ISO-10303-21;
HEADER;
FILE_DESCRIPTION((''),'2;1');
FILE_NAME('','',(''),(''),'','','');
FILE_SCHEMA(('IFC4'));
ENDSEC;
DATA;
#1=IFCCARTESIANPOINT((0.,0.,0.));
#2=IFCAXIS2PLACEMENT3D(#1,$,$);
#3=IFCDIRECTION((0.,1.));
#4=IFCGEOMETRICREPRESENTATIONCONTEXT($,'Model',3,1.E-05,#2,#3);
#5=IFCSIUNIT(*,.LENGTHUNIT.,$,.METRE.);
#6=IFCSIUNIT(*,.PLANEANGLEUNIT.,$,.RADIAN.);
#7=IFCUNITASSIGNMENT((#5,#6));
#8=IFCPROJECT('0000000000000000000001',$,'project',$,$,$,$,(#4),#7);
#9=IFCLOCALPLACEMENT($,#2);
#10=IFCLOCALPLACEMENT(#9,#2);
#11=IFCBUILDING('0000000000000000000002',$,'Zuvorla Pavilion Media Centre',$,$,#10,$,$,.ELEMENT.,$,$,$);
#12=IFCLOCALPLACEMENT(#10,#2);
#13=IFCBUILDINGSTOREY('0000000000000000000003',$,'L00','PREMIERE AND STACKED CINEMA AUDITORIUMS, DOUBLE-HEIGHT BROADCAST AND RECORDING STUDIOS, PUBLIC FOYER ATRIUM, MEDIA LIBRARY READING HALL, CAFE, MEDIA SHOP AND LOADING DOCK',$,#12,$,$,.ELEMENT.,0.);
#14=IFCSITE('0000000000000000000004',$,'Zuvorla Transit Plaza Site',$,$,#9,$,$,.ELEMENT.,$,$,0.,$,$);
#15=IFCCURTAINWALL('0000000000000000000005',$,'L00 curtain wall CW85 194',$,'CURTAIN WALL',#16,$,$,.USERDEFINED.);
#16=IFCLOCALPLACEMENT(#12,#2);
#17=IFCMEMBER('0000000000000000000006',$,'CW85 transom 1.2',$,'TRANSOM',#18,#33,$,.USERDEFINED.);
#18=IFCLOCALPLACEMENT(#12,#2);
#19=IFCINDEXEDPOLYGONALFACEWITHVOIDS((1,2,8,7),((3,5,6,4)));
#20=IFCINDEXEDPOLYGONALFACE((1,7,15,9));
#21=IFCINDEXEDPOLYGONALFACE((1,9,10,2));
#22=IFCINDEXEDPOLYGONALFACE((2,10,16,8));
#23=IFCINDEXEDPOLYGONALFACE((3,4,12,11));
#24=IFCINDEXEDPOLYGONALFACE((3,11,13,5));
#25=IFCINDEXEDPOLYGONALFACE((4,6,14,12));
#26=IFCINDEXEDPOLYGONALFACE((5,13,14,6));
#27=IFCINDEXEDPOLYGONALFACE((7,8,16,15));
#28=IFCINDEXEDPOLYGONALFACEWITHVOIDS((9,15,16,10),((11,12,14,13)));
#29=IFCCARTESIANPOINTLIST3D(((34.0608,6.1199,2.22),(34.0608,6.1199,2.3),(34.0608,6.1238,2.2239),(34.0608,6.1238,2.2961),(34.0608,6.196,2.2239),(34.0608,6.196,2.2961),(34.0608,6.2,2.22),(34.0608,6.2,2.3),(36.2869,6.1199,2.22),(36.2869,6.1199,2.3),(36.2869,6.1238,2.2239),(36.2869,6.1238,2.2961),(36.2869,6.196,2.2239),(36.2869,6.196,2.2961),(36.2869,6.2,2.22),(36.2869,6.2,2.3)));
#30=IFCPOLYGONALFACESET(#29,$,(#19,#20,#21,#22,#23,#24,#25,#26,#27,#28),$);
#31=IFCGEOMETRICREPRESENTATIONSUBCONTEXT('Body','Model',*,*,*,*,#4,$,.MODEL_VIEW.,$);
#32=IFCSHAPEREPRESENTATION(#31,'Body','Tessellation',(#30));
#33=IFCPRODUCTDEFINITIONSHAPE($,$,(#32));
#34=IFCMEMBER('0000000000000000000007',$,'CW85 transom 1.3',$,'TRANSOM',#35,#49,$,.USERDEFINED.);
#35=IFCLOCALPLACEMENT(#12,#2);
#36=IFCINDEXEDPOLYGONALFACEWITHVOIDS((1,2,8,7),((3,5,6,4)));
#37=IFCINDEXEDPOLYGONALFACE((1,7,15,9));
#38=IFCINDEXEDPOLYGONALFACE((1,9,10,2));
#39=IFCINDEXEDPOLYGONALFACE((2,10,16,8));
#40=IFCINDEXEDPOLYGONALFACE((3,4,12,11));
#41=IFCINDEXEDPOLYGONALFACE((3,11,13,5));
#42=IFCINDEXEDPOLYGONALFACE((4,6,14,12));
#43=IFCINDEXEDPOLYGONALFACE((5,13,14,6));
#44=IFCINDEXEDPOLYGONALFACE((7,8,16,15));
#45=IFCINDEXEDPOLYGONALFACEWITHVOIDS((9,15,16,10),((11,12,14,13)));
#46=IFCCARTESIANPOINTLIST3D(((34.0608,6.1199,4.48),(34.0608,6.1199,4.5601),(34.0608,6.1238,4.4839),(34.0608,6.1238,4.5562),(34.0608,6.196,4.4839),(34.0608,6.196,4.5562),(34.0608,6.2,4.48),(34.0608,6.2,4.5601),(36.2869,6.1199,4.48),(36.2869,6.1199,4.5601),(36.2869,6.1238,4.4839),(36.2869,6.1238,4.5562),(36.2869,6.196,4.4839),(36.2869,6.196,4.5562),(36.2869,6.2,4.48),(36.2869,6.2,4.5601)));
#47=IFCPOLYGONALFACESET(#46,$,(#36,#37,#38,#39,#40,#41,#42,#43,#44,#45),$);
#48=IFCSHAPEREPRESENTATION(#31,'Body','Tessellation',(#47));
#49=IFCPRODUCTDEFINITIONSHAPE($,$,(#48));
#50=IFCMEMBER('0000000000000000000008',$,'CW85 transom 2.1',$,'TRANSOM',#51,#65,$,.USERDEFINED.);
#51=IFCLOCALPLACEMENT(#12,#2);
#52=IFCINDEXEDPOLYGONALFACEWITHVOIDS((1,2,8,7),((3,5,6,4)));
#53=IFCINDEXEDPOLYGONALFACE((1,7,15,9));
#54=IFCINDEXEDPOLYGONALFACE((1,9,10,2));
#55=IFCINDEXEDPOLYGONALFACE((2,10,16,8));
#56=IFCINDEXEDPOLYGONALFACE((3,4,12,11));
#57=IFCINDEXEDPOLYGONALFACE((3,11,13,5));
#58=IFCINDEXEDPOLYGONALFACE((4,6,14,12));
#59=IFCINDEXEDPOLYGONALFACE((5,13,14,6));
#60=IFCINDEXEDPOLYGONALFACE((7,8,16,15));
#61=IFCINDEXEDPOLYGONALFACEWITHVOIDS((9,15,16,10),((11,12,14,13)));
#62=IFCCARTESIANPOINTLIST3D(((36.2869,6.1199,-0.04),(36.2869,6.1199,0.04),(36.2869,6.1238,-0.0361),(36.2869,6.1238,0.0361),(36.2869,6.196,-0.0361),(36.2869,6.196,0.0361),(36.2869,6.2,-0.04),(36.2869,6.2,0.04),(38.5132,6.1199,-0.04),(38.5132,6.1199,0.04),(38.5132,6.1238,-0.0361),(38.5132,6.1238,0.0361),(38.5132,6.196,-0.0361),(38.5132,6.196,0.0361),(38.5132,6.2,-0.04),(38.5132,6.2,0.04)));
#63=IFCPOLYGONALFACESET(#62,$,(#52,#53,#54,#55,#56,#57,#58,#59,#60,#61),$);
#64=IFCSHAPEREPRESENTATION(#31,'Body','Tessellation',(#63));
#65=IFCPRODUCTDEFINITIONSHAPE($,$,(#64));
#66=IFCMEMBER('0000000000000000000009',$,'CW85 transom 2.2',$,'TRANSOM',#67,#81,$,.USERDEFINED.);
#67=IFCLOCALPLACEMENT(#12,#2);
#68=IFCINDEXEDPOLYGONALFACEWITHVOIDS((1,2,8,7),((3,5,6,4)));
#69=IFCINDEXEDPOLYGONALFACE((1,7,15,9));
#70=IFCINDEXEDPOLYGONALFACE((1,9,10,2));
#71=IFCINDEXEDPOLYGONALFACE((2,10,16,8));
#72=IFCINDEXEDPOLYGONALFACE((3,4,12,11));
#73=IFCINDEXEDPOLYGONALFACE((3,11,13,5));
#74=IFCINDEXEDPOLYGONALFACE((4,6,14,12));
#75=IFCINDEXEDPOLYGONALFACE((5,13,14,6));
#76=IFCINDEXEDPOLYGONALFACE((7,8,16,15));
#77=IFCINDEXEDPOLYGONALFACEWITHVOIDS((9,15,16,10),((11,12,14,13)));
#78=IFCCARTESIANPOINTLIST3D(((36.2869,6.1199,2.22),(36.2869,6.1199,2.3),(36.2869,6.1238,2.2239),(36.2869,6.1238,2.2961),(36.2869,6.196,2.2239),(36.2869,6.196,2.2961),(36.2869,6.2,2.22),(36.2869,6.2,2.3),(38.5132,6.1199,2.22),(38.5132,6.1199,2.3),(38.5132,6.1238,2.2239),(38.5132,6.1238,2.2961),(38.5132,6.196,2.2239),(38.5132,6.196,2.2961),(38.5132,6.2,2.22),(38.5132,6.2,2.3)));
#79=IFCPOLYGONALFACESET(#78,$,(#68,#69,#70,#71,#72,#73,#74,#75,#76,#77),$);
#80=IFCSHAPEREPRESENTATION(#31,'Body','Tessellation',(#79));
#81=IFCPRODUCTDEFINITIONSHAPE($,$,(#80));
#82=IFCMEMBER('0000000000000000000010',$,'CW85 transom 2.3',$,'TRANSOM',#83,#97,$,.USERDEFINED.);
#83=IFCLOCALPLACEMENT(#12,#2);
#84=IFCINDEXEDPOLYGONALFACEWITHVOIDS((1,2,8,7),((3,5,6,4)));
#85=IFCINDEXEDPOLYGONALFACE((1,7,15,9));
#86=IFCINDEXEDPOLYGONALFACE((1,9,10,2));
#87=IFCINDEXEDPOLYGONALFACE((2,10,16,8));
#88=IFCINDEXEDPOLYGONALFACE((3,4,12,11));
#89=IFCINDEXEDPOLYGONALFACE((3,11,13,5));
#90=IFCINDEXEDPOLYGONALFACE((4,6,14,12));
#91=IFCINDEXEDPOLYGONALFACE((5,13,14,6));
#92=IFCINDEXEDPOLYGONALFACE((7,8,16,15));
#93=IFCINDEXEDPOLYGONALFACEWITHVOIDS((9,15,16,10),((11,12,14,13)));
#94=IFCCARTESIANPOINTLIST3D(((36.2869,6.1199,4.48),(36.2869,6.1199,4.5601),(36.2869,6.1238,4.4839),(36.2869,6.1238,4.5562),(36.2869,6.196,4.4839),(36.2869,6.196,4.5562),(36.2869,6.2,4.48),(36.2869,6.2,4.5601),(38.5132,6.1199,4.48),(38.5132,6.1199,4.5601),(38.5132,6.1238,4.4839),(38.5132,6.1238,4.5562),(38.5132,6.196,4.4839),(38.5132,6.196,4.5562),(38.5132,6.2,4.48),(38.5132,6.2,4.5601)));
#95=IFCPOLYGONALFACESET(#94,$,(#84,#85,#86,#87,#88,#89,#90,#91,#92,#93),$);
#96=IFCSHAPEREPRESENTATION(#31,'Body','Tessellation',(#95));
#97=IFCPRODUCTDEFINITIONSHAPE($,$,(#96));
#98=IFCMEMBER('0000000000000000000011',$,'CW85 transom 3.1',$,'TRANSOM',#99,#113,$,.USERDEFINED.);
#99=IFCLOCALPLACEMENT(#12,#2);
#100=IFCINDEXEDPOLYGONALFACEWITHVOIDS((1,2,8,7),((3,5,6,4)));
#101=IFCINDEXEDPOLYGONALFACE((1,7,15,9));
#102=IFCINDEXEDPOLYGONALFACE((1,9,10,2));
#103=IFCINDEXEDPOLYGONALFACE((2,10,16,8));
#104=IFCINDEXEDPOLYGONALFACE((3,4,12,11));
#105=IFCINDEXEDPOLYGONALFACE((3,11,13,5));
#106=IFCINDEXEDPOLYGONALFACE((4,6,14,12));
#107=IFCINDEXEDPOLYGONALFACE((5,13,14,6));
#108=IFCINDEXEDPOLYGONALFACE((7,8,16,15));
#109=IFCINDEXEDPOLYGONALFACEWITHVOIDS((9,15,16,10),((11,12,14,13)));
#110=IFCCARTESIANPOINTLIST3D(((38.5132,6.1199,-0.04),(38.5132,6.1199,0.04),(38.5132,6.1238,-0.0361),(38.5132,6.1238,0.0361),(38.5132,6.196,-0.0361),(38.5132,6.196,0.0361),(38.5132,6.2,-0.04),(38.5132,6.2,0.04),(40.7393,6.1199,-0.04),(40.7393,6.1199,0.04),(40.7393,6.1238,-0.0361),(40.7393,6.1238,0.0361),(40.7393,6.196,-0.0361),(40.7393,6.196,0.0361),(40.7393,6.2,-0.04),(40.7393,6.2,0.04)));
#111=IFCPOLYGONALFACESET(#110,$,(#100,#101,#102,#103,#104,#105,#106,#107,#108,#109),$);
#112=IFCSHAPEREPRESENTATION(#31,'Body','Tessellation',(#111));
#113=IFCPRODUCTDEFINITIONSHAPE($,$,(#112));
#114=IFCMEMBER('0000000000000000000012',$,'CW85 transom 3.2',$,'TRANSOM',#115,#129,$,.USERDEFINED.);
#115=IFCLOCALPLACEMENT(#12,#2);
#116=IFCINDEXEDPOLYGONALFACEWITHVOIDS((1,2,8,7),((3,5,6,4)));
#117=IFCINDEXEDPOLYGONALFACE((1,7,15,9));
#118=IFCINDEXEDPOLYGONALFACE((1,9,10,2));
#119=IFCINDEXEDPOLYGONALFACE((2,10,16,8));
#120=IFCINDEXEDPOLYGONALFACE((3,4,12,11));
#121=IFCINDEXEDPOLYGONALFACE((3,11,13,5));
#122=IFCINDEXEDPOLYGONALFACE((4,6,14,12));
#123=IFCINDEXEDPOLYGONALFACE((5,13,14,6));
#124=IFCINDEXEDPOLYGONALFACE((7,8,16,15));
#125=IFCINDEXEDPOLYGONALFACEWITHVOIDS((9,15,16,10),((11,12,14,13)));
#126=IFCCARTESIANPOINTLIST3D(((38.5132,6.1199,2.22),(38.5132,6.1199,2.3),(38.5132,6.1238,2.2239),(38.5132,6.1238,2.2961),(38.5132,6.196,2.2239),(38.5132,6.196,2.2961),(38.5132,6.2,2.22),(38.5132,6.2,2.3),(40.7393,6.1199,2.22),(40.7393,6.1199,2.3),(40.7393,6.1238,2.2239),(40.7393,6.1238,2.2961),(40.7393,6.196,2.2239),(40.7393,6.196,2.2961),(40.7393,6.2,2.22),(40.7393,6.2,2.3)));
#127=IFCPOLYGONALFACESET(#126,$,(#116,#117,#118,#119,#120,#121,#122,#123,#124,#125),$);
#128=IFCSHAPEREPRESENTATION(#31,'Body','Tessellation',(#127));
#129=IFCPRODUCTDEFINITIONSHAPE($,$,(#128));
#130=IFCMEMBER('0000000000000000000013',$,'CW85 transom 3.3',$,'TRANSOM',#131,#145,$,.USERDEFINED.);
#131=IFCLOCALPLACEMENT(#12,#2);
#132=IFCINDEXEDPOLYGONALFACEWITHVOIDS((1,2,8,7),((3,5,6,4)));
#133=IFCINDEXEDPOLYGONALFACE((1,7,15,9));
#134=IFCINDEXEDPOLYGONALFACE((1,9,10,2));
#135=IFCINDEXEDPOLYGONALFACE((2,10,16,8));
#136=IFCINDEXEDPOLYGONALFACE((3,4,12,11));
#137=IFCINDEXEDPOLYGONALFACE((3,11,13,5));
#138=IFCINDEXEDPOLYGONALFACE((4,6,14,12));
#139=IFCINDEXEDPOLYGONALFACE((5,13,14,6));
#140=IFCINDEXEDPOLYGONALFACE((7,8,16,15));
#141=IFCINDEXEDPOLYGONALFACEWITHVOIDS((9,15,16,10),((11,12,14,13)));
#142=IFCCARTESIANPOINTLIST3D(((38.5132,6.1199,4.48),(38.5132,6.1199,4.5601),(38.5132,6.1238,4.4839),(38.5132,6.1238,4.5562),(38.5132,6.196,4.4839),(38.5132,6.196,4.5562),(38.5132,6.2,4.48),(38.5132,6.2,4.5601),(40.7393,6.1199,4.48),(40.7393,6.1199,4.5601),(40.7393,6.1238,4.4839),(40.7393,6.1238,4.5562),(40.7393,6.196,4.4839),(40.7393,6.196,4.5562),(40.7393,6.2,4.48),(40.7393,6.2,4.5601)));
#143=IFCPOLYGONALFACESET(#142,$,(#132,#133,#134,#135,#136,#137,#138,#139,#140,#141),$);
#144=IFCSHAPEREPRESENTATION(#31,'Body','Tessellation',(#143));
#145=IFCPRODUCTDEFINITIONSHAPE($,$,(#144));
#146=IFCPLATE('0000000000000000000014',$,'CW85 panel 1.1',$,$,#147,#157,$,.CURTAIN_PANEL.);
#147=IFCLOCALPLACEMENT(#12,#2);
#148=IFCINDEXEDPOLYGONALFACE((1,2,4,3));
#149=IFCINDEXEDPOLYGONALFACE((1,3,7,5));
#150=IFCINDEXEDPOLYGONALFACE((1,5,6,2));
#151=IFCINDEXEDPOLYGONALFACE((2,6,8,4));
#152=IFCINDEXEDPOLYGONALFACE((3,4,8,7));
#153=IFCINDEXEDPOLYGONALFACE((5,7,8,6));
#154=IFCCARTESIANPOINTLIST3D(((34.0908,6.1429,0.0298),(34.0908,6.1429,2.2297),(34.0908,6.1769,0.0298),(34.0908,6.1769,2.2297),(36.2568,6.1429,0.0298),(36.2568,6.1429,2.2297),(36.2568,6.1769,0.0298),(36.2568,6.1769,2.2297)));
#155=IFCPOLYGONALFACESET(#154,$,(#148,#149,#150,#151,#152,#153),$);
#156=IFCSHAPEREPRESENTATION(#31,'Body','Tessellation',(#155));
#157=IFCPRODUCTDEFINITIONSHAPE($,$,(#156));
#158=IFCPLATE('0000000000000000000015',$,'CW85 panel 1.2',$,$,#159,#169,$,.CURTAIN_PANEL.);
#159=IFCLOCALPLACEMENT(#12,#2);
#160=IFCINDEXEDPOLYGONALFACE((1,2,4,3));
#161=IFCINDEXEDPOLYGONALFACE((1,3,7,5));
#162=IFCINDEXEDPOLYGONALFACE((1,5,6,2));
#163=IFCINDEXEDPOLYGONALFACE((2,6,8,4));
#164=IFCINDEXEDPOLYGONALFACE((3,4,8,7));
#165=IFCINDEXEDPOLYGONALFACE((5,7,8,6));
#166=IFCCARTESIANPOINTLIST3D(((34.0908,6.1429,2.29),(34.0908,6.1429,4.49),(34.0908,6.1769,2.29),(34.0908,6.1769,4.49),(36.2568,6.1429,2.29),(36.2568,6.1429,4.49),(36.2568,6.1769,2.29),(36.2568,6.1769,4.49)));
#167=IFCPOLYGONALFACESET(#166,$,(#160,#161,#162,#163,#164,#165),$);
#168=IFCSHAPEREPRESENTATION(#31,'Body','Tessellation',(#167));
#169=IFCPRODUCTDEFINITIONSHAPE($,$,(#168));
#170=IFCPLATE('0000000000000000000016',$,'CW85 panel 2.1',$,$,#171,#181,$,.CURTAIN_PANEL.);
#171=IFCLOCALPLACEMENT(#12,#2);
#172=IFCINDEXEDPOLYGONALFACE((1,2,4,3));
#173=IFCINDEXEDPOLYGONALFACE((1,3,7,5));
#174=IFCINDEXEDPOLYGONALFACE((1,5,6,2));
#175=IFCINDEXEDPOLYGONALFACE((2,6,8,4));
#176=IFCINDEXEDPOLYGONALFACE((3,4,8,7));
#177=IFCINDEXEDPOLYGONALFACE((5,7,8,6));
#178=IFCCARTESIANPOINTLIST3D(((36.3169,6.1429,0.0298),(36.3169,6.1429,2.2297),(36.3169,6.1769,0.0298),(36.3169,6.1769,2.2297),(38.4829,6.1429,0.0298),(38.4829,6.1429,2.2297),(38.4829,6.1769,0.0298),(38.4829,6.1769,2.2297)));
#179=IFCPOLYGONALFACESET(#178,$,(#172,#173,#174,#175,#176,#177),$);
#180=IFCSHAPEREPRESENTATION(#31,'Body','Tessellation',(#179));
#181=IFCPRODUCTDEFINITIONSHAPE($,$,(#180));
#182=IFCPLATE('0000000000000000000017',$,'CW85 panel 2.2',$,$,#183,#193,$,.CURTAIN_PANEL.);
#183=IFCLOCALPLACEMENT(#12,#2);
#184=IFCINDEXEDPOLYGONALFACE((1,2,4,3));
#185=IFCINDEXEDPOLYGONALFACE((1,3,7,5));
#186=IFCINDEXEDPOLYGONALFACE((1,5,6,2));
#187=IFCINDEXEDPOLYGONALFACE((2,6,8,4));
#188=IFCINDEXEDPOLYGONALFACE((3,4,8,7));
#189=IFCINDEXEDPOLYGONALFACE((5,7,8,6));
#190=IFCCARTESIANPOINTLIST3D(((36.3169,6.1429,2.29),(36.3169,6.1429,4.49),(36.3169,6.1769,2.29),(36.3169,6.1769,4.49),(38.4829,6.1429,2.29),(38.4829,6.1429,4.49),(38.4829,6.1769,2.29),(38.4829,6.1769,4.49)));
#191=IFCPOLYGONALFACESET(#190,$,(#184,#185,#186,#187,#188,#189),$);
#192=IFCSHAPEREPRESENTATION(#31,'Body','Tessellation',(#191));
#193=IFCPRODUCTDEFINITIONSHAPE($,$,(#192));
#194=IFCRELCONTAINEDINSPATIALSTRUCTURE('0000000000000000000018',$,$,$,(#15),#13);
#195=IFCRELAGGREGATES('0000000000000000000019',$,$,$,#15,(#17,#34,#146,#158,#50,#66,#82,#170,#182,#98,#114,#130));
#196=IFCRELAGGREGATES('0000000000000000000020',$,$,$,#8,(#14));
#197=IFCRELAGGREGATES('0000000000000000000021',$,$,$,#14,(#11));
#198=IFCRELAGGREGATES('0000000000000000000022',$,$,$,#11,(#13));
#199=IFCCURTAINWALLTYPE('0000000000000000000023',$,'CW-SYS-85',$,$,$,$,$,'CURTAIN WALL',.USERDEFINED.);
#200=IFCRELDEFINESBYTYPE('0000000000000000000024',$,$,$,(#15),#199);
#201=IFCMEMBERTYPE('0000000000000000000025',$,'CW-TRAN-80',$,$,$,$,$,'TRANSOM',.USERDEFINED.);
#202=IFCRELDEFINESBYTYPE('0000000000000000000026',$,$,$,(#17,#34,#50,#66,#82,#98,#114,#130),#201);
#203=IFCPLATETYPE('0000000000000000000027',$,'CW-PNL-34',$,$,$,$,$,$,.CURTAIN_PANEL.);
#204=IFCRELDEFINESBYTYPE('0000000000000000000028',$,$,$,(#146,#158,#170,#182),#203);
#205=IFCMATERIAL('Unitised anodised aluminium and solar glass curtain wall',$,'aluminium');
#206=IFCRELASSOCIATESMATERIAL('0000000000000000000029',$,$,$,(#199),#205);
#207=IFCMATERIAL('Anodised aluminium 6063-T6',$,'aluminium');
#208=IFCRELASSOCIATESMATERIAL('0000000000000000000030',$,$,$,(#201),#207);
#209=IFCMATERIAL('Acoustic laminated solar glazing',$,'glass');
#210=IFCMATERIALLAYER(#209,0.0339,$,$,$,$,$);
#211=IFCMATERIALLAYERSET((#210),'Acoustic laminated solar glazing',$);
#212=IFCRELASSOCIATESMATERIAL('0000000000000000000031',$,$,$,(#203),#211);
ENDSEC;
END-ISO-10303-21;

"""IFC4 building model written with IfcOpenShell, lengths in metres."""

from ifc_helpers import new_model, si_unit, direction, frame, origin, origin_2d, place, context, subcontext, project, spatial, rectangle, hollow_rectangle, extrude, material, layer, layer_set, material_profile, profile_set, type_object, element, aggregate, save


model = new_model("IFC4")

# Units and contexts
model_context = context("Model", 3, precision=1e-05, world=origin(), true_north=direction((0.0, 1.0)))
body_context = subcontext(model_context, "Body", "Model", "MODEL_VIEW")
ifc_project = project(units=[si_unit("LENGTHUNIT", "METRE"), si_unit("PLANEANGLEUNIT", "RADIAN")], contexts=[model_context])

# Site, building, storey
site_placement = place(None, origin())
site = spatial("IfcSite", under=ifc_project, at=site_placement, Name="Zuvorla Transit Plaza Site", CompositionType="ELEMENT", RefElevation=0.0)
building_placement = place(site_placement, origin())
building = spatial("IfcBuilding", under=site, at=building_placement, Name="Zuvorla Pavilion Media Centre", CompositionType="ELEMENT")
storey_placement = place(building_placement, origin())
storey = spatial("IfcBuildingStorey", under=building, at=storey_placement, Name="L00", Description="PREMIERE AND STACKED CINEMA AUDITORIUMS, DOUBLE-HEIGHT BROADCAST AND RECORDING STUDIOS, PUBLIC FOYER ATRIUM, MEDIA LIBRARY READING HALL, CAFE, MEDIA SHOP AND LOADING DOCK", CompositionType="ELEMENT", Elevation=0.0)

# Curtain wall, members, plates
ifc_material_1 = material(Name="Unitised anodised aluminium and solar glass curtain wall", Category="aluminium")
curtain_wall_type = type_object("IfcCurtainWallType", Name="CW-SYS-85", ElementType="CURTAIN WALL", PredefinedType="USERDEFINED", material=ifc_material_1)
curtain_wall_placement = place(storey_placement, origin())
curtain_wall = element("IfcCurtainWall", 1, at=curtain_wall_placement, inside=storey, type_object=curtain_wall_type, Name="L00 curtain wall CW85 194", ObjectType="CURTAIN WALL", PredefinedType="USERDEFINED")
ifc_material_2 = material(Name="Anodised aluminium 6063-T6", Category="aluminium")
ifc_material_profile_1 = material_profile(ifc_material_2, hollow_rectangle(XDim=0.0801, YDim=0.0801, WallThickness=0.0039, at=origin_2d()), Name="ALU TRAN 80x80")
ifc_profile_set_1 = profile_set([ifc_material_profile_1], Name="Anodised aluminium 6063-T6")
member_type_1 = type_object("IfcMemberType", Name="CW-TRAN-80", ElementType="TRANSOM", PredefinedType="USERDEFINED", material=ifc_profile_set_1)
member_1_placement = place(storey_placement, frame((34.0608, 6.1599, 2.26), z_axis=(1.0, 0.0, 0.0), x_axis=(0.0, 1.0, 0.0)))
member_1 = element("IfcMember", 2, at=member_1_placement, type_object=member_type_1, Name="CW85 transom 1.2", ObjectType="TRANSOM", PredefinedType="USERDEFINED", context=body_context, shape_type="SweptSolid", body=[
    extrude(hollow_rectangle(XDim=0.0801, YDim=0.0801, WallThickness=0.0039, at=origin_2d()), origin(), (0.0, 0.0, 1.0), 2.2261),
])
member_2_placement = place(storey_placement, frame((34.0608, 6.1599, 4.52), z_axis=(1.0, 0.0, 0.0), x_axis=(0.0, 1.0, 0.0)))
member_2 = element("IfcMember", 3, at=member_2_placement, type_object=member_type_1, Name="CW85 transom 1.3", ObjectType="TRANSOM", PredefinedType="USERDEFINED", context=body_context, shape_type="SweptSolid", body=[
    extrude(hollow_rectangle(XDim=0.0801, YDim=0.0801, WallThickness=0.0039, at=origin_2d()), origin(), (0.0, 0.0, 1.0), 2.2261),
])
member_3_placement = place(storey_placement, frame((36.2869, 6.1599, 0.0), z_axis=(1.0, 0.0, 0.0), x_axis=(0.0, 1.0, 0.0)))
member_3 = element("IfcMember", 4, at=member_3_placement, type_object=member_type_1, Name="CW85 transom 2.1", ObjectType="TRANSOM", PredefinedType="USERDEFINED", context=body_context, shape_type="SweptSolid", body=[
    extrude(hollow_rectangle(XDim=0.0801, YDim=0.0801, WallThickness=0.0039, at=origin_2d()), origin(), (0.0, 0.0, 1.0), 2.2263),
])
member_4_placement = place(storey_placement, frame((36.2869, 6.1599, 2.26), z_axis=(1.0, 0.0, 0.0), x_axis=(0.0, 1.0, 0.0)))
member_4 = element("IfcMember", 5, at=member_4_placement, type_object=member_type_1, Name="CW85 transom 2.2", ObjectType="TRANSOM", PredefinedType="USERDEFINED", context=body_context, shape_type="SweptSolid", body=[
    extrude(hollow_rectangle(XDim=0.0801, YDim=0.0801, WallThickness=0.0039, at=origin_2d()), origin(), (0.0, 0.0, 1.0), 2.2263),
])
member_5_placement = place(storey_placement, frame((36.2869, 6.1599, 4.52), z_axis=(1.0, 0.0, 0.0), x_axis=(0.0, 1.0, 0.0)))
member_5 = element("IfcMember", 6, at=member_5_placement, type_object=member_type_1, Name="CW85 transom 2.3", ObjectType="TRANSOM", PredefinedType="USERDEFINED", context=body_context, shape_type="SweptSolid", body=[
    extrude(hollow_rectangle(XDim=0.0801, YDim=0.0801, WallThickness=0.0039, at=origin_2d()), origin(), (0.0, 0.0, 1.0), 2.2263),
])
member_6_placement = place(storey_placement, frame((38.5132, 6.1599, 0.0), z_axis=(1.0, 0.0, 0.0), x_axis=(0.0, 1.0, 0.0)))
member_6 = element("IfcMember", 7, at=member_6_placement, type_object=member_type_1, Name="CW85 transom 3.1", ObjectType="TRANSOM", PredefinedType="USERDEFINED", context=body_context, shape_type="SweptSolid", body=[
    extrude(hollow_rectangle(XDim=0.0801, YDim=0.0801, WallThickness=0.0039, at=origin_2d()), origin(), (0.0, 0.0, 1.0), 2.2261),
])
member_7_placement = place(storey_placement, frame((38.5132, 6.1599, 2.26), z_axis=(1.0, 0.0, 0.0), x_axis=(0.0, 1.0, 0.0)))
member_7 = element("IfcMember", 8, at=member_7_placement, type_object=member_type_1, Name="CW85 transom 3.2", ObjectType="TRANSOM", PredefinedType="USERDEFINED", context=body_context, shape_type="SweptSolid", body=[
    extrude(hollow_rectangle(XDim=0.0801, YDim=0.0801, WallThickness=0.0039, at=origin_2d()), origin(), (0.0, 0.0, 1.0), 2.2261),
])
member_8_placement = place(storey_placement, frame((38.5132, 6.1599, 4.52), z_axis=(1.0, 0.0, 0.0), x_axis=(0.0, 1.0, 0.0)))
member_8 = element("IfcMember", 9, at=member_8_placement, type_object=member_type_1, Name="CW85 transom 3.3", ObjectType="TRANSOM", PredefinedType="USERDEFINED", context=body_context, shape_type="SweptSolid", body=[
    extrude(hollow_rectangle(XDim=0.0801, YDim=0.0801, WallThickness=0.0039, at=origin_2d()), origin(), (0.0, 0.0, 1.0), 2.2261),
])
ifc_material_3 = material(Name="Acoustic laminated solar glazing", Category="glass")
ifc_layer_1 = layer(ifc_material_3, 0.0339)
ifc_layer_set_1 = layer_set([ifc_layer_1], Name="Acoustic laminated solar glazing")
plate_type = type_object("IfcPlateType", Name="CW-PNL-34", PredefinedType="CURTAIN_PANEL", material=ifc_layer_set_1)
plate_1_placement = place(storey_placement, frame((35.1738, 6.1599, 0.0298), z_axis=(0.0, 0.0, 1.0), x_axis=(1.0, 0.0, 0.0)))
plate_1 = element("IfcPlate", 10, at=plate_1_placement, type_object=plate_type, Name="CW85 panel 1.1", PredefinedType="CURTAIN_PANEL", context=body_context, shape_type="SweptSolid", body=[
    extrude(rectangle(XDim=2.166, YDim=0.0339, at=origin_2d()), origin(), (0.0, 0.0, 1.0), 2.2),
])
plate_2_placement = place(storey_placement, frame((35.1738, 6.1599, 2.29), z_axis=(0.0, 0.0, 1.0), x_axis=(1.0, 0.0, 0.0)))
plate_2 = element("IfcPlate", 11, at=plate_2_placement, type_object=plate_type, Name="CW85 panel 1.2", PredefinedType="CURTAIN_PANEL", context=body_context, shape_type="SweptSolid", body=[
    extrude(rectangle(XDim=2.166, YDim=0.0339, at=origin_2d()), origin(), (0.0, 0.0, 1.0), 2.2),
])
plate_3_placement = place(storey_placement, frame((37.3999, 6.1599, 0.0298), z_axis=(0.0, 0.0, 1.0), x_axis=(1.0, 0.0, 0.0)))
plate_3 = element("IfcPlate", 12, at=plate_3_placement, type_object=plate_type, Name="CW85 panel 2.1", PredefinedType="CURTAIN_PANEL", context=body_context, shape_type="SweptSolid", body=[
    extrude(rectangle(XDim=2.166, YDim=0.0339, at=origin_2d()), origin(), (0.0, 0.0, 1.0), 2.2),
])
plate_4_placement = place(storey_placement, frame((37.3999, 6.1599, 2.29), z_axis=(0.0, 0.0, 1.0), x_axis=(1.0, 0.0, 0.0)))
plate_4 = element("IfcPlate", 13, at=plate_4_placement, type_object=plate_type, Name="CW85 panel 2.2", PredefinedType="CURTAIN_PANEL", context=body_context, shape_type="SweptSolid", body=[
    extrude(rectangle(XDim=2.166, YDim=0.0339, at=origin_2d()), origin(), (0.0, 0.0, 1.0), 2.2),
])
aggregate(curtain_wall, [member_1, member_2, plate_1, plate_2, member_3, member_4, member_5, plate_3, plate_4, member_6, member_7, member_8])

save(model, "model.ifc")
